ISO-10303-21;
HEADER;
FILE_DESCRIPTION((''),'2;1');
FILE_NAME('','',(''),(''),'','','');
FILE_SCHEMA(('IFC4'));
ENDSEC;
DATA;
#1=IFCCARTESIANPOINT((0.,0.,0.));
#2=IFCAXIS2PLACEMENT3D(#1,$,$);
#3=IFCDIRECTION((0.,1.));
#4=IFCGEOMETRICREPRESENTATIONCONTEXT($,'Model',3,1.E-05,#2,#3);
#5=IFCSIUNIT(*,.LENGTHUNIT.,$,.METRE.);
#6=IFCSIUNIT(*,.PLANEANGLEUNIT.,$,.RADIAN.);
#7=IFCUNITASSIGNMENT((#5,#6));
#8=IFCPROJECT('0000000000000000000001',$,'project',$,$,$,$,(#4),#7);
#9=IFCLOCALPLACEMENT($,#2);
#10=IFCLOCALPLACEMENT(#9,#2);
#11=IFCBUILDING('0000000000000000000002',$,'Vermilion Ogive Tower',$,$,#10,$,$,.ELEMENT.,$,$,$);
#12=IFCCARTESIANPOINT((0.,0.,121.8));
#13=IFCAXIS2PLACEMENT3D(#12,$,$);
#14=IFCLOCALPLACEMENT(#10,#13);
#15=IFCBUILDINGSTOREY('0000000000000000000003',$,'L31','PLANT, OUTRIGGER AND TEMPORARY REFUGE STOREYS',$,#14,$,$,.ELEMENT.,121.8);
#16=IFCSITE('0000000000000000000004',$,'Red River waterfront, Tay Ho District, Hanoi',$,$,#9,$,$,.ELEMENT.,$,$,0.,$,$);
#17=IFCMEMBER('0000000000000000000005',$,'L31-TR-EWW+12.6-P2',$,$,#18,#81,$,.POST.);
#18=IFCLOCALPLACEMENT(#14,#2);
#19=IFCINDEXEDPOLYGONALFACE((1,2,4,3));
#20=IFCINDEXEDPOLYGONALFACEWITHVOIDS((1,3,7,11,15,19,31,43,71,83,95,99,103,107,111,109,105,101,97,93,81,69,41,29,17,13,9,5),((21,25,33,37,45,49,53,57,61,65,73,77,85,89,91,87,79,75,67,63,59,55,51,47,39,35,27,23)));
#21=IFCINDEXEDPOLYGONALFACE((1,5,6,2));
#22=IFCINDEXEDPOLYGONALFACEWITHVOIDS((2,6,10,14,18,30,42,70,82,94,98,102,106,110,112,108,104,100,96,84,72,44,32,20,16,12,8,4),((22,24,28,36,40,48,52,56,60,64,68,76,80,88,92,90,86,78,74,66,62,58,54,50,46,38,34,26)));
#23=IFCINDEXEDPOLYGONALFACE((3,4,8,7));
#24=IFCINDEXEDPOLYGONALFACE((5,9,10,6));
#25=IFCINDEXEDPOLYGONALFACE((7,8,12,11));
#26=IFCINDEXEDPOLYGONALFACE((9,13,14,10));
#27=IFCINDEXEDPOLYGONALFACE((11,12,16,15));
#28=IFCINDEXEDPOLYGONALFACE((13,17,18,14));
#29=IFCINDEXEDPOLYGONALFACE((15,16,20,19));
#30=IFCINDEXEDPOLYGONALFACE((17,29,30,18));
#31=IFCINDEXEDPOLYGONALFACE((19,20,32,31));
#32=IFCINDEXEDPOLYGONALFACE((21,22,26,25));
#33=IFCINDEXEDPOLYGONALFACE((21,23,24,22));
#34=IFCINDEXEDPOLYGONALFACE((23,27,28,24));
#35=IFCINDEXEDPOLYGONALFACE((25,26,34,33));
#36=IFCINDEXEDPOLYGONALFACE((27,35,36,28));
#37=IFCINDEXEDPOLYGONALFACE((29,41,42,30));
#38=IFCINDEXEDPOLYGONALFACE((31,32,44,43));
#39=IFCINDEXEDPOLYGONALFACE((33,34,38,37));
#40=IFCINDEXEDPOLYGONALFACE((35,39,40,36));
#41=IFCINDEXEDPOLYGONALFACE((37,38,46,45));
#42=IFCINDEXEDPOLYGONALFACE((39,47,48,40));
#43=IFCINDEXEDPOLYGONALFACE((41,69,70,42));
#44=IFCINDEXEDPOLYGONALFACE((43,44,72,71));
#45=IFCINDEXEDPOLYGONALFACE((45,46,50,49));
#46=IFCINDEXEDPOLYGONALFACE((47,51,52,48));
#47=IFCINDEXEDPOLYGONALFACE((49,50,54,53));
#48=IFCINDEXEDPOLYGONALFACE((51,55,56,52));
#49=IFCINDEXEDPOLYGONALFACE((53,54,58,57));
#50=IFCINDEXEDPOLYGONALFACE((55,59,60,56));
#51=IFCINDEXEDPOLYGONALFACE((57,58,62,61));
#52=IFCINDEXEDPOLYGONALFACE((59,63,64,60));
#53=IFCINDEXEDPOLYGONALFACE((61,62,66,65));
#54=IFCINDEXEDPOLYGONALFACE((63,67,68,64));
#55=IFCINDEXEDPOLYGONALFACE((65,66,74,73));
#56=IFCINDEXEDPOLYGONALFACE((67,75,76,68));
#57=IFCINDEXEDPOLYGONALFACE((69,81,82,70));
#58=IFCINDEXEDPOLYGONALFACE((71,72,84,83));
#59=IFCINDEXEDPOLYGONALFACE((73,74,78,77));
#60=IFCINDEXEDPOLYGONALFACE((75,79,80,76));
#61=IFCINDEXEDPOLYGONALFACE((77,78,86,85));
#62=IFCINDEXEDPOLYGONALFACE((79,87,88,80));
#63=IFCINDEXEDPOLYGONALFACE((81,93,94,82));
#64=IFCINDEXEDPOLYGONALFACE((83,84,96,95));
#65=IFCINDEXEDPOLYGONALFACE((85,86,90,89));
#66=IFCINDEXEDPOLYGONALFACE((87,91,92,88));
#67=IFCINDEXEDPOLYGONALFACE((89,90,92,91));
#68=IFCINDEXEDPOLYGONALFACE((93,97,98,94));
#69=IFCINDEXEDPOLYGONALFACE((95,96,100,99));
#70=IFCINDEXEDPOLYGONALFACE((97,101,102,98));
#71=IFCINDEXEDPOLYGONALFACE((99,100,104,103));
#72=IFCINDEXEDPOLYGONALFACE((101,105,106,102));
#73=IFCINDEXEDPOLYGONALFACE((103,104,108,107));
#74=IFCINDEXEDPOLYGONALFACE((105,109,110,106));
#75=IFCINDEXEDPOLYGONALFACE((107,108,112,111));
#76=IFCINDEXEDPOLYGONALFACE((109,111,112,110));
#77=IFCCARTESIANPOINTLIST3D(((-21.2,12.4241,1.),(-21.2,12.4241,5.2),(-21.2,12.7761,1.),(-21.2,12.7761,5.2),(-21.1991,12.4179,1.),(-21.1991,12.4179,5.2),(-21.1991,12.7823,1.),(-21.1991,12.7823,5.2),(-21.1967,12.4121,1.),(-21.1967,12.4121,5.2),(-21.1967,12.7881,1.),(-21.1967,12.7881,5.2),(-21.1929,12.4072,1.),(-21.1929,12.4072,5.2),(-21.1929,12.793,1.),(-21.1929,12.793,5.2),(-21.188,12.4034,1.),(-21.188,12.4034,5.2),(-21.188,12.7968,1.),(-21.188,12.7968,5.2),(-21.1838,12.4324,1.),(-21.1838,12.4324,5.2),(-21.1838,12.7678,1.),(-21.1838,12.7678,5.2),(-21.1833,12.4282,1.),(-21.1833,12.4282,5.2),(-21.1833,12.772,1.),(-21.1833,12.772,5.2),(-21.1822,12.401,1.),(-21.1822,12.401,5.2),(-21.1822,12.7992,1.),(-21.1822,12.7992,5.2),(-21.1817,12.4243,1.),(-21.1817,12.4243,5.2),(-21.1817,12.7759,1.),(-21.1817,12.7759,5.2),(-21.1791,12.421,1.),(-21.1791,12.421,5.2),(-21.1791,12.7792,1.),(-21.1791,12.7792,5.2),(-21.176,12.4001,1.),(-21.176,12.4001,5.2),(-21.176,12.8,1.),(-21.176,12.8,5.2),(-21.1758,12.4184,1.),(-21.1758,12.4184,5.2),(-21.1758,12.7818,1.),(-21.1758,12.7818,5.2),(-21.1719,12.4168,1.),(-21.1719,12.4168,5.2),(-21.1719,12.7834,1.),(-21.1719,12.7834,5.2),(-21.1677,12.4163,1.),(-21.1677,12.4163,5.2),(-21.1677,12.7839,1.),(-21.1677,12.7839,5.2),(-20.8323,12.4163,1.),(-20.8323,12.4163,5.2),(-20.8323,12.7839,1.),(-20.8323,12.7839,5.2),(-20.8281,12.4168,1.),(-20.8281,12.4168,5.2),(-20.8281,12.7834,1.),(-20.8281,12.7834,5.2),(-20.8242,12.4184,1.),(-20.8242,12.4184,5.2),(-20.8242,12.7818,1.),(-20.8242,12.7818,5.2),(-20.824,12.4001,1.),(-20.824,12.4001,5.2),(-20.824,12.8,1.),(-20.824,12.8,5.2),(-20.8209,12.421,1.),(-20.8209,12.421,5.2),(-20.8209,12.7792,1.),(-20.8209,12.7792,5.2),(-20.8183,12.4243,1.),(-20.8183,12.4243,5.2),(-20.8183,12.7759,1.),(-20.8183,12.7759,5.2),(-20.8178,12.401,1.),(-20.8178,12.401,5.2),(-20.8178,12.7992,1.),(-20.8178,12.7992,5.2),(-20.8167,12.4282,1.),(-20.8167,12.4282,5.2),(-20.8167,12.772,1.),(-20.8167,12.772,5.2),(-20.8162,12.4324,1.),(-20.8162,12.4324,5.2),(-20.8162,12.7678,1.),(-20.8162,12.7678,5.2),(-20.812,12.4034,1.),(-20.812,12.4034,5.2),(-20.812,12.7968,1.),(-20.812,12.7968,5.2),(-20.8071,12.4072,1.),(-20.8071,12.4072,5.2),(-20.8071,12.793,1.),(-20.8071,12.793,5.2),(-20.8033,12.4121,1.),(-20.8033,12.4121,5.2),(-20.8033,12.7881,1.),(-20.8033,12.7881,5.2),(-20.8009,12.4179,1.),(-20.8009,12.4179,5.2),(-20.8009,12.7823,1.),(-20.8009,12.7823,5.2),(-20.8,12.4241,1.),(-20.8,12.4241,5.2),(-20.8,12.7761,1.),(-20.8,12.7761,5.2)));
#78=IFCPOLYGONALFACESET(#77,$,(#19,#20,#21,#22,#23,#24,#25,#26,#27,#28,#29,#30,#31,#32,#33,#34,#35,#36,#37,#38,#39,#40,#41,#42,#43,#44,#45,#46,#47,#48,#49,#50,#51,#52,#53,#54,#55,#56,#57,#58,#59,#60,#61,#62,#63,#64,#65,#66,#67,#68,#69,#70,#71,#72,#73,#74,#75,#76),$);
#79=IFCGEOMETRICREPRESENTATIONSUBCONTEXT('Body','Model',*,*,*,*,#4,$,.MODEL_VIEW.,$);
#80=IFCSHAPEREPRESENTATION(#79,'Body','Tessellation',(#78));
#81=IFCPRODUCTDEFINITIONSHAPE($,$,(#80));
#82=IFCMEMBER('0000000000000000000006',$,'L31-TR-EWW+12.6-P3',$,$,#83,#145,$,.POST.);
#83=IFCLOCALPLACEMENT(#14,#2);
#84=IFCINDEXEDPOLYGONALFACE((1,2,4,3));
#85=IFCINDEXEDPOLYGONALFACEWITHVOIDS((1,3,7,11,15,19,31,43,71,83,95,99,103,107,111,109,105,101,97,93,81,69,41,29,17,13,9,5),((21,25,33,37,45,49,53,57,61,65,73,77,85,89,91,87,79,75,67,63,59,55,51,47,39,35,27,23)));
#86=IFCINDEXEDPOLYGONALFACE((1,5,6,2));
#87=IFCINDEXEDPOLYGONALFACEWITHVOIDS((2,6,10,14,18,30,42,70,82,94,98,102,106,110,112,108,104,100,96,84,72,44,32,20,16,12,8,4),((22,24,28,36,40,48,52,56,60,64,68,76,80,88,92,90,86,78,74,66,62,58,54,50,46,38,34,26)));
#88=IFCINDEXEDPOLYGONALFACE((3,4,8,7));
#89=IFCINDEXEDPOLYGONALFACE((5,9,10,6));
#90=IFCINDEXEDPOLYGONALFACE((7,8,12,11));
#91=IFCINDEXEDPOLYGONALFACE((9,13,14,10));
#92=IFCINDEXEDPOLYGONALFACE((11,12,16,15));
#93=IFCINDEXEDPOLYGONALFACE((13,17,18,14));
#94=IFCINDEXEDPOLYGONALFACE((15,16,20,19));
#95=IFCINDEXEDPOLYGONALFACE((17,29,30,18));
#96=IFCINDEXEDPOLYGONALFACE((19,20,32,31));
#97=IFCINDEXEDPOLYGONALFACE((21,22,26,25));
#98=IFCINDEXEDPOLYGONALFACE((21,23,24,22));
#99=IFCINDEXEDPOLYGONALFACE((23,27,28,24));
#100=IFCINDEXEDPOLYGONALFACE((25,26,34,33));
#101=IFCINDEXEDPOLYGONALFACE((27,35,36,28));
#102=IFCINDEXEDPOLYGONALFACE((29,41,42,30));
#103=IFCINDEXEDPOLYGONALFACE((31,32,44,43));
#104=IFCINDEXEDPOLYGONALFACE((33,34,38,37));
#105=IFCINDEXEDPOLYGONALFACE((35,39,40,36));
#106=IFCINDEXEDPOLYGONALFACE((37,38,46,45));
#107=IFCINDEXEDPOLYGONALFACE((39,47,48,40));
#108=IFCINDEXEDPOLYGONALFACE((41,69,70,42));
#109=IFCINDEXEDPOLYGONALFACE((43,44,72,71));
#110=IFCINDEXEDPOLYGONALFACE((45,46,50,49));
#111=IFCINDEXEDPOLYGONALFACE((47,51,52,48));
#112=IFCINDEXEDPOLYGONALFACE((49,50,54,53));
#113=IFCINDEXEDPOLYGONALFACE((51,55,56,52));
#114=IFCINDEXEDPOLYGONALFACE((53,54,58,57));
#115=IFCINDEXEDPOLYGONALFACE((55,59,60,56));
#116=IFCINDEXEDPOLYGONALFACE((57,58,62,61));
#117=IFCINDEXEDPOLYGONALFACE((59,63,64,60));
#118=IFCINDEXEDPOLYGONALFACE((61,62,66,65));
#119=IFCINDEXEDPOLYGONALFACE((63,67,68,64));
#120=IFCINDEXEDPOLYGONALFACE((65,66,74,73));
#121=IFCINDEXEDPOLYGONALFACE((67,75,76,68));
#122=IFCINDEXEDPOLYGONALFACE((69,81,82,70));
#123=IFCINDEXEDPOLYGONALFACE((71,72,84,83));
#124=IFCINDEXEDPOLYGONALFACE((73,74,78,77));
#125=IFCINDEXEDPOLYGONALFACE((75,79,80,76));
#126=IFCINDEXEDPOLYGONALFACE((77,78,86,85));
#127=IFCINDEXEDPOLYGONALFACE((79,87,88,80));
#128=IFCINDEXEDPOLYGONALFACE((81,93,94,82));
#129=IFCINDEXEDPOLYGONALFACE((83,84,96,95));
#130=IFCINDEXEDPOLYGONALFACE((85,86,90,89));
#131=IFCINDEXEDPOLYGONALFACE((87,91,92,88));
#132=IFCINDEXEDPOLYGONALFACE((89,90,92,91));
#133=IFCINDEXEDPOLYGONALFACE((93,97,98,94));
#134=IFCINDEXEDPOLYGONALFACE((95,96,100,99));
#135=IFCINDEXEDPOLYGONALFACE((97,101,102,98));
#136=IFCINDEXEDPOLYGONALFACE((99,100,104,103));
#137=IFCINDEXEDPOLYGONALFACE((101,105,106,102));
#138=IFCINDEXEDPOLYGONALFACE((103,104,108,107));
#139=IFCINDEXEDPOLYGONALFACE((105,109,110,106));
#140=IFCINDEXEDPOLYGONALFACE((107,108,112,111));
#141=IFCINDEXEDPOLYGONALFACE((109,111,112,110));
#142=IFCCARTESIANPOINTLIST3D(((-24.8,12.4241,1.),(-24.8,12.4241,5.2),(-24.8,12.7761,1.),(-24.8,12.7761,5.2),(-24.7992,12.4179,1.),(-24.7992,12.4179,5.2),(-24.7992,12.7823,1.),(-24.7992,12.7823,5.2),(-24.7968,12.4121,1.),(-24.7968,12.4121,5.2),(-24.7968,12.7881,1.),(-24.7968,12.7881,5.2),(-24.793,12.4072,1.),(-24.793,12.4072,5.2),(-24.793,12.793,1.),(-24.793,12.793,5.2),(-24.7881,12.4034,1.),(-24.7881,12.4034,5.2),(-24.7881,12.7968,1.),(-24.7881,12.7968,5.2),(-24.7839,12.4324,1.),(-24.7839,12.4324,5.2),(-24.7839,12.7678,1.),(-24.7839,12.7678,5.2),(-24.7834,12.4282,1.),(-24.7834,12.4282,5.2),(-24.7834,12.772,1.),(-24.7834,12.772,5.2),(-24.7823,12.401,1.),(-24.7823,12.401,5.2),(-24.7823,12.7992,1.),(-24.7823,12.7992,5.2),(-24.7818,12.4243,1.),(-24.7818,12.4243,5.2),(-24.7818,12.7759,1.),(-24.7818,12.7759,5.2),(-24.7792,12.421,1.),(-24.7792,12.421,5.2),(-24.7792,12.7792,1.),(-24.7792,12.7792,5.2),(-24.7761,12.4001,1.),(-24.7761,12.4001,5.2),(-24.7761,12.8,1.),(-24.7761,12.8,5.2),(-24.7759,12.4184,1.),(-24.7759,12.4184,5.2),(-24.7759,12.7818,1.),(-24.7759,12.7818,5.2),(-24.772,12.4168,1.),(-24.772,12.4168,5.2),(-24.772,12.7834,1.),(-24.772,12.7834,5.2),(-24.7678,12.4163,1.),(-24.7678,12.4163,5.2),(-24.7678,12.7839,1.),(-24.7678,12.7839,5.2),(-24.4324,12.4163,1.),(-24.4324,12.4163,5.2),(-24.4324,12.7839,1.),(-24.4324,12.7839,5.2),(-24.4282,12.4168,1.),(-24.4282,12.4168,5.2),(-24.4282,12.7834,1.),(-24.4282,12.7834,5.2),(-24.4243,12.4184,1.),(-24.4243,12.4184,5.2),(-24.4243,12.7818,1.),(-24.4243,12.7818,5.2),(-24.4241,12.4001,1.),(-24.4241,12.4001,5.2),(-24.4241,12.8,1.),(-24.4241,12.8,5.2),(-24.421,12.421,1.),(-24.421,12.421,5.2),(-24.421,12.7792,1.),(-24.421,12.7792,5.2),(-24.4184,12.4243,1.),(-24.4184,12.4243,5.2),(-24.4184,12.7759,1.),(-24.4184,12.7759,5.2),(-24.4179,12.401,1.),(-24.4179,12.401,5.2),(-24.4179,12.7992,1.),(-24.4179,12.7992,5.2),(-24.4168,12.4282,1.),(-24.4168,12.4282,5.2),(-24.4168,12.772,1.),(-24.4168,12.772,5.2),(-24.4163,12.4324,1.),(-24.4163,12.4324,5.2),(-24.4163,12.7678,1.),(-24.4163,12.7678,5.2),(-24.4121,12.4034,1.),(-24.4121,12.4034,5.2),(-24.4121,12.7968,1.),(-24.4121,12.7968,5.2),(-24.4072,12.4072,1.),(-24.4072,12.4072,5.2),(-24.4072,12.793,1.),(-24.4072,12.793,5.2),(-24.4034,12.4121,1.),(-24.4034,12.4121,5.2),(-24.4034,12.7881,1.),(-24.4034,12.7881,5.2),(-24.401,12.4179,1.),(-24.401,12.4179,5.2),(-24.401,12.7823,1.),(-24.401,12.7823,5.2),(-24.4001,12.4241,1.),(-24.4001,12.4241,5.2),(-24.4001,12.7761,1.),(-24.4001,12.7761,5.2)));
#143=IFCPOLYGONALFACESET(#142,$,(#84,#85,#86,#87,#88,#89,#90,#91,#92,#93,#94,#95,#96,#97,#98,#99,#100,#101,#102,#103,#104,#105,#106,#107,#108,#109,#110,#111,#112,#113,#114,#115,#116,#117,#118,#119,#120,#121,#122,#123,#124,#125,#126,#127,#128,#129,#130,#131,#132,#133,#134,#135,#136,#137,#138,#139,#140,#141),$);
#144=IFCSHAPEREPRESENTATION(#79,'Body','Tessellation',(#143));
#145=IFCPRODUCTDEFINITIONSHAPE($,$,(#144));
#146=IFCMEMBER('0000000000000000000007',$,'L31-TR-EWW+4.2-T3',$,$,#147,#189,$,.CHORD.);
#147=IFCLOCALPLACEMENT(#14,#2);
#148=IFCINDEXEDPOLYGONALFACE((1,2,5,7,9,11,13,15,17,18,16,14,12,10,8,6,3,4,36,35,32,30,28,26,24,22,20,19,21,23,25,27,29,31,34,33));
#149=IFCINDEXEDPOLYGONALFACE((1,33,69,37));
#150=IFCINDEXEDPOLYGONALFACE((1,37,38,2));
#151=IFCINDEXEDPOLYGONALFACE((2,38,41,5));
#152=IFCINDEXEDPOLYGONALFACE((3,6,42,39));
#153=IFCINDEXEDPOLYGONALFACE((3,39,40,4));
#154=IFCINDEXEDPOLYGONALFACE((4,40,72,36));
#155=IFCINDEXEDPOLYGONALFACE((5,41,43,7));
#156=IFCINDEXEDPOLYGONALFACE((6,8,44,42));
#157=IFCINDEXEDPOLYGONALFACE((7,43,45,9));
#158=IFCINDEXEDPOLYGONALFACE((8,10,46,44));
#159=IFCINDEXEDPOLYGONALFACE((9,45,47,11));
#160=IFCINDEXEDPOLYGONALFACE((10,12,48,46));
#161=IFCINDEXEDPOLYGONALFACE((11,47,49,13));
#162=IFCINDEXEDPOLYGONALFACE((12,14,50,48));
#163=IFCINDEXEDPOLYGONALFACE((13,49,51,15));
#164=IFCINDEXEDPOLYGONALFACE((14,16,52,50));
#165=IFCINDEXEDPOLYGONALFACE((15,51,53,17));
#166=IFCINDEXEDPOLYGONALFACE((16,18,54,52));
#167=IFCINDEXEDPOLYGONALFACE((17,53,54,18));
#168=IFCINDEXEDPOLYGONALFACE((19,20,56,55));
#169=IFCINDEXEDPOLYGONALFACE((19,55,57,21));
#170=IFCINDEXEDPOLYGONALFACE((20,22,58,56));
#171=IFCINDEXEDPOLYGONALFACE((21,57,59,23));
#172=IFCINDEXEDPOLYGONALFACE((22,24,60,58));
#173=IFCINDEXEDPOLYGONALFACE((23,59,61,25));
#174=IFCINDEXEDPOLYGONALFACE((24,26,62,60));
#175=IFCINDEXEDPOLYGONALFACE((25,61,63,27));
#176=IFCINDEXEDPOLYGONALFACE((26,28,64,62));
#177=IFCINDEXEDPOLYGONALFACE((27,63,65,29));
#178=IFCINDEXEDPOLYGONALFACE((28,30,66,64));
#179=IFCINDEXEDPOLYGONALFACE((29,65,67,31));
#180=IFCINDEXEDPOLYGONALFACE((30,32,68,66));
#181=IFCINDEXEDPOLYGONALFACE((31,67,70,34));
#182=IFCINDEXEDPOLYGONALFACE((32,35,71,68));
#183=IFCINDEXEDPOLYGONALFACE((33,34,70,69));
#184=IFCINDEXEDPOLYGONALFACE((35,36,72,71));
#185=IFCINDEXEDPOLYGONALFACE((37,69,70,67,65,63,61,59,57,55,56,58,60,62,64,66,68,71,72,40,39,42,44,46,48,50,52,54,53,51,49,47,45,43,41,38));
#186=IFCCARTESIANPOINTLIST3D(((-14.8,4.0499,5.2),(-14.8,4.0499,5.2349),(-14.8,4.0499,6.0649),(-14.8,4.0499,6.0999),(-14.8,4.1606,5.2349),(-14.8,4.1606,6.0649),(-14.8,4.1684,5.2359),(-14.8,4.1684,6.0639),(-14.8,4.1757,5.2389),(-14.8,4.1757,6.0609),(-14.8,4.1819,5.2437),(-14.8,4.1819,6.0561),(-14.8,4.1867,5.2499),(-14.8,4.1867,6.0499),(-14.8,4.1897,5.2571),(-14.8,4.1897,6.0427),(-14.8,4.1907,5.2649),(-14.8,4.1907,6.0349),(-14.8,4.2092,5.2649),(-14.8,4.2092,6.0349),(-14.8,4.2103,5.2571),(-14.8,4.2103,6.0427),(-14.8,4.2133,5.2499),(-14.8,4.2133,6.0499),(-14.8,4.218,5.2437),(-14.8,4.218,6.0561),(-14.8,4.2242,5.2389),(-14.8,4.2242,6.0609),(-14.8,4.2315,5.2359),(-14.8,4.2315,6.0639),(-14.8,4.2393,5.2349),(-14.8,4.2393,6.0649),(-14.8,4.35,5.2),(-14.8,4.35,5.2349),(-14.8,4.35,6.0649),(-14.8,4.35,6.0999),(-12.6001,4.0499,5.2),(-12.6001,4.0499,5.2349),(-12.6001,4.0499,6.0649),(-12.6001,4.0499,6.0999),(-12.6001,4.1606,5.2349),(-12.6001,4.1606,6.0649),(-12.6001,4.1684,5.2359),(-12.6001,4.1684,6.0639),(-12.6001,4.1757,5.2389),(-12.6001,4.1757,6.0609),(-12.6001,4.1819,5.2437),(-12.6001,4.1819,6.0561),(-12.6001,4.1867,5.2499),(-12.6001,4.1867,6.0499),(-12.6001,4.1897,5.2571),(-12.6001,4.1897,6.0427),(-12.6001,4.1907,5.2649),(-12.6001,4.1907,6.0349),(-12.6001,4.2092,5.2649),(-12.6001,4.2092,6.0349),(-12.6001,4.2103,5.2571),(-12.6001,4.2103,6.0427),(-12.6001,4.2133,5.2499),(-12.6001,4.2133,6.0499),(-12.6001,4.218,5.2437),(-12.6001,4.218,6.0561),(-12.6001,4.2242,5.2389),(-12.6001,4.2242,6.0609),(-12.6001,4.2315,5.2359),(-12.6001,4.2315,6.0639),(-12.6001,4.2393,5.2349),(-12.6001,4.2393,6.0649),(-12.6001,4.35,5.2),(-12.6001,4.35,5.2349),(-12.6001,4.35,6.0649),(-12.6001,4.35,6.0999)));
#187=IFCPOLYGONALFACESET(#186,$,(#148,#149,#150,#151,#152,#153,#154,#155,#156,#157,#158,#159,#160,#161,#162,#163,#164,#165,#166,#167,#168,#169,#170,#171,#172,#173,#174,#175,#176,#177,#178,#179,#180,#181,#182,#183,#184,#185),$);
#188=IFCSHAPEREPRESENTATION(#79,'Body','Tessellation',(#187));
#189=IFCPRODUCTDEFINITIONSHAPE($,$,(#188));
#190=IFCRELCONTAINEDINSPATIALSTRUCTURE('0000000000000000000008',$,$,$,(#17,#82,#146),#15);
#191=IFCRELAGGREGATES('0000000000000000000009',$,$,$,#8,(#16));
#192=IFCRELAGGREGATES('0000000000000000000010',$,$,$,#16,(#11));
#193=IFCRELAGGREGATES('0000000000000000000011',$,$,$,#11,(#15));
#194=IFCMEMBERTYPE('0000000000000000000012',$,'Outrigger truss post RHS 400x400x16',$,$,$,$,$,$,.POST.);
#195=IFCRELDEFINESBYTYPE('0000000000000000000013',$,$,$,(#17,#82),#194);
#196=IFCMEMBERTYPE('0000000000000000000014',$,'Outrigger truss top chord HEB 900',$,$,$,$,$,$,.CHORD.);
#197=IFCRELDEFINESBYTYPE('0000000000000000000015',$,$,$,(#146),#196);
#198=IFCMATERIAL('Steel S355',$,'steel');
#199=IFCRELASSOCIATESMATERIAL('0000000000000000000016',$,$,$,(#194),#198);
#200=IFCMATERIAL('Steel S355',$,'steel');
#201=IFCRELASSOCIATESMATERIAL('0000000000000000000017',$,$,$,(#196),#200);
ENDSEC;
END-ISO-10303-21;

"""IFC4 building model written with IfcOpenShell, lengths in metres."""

from ifc_helpers import new_model, si_unit, direction, frame, origin, origin_2d, place, context, subcontext, project, spatial, hollow_rectangle, i_section, extrude, material, material_profile, profile_set, type_object, element, save


model = new_model("IFC4")

# Units and contexts
model_context = context("Model", 3, precision=1e-05, world=origin(), true_north=direction((0.0, 1.0)))
body_context = subcontext(model_context, "Body", "Model", "MODEL_VIEW")
ifc_project = project(units=[si_unit("LENGTHUNIT", "METRE"), si_unit("PLANEANGLEUNIT", "RADIAN")], contexts=[model_context])

# Site, building, storey
site_placement = place(None, origin())
site = spatial("IfcSite", under=ifc_project, at=site_placement, Name="Red River waterfront, Tay Ho District, Hanoi", CompositionType="ELEMENT", RefElevation=0.0)
building_placement = place(site_placement, origin())
building = spatial("IfcBuilding", under=site, at=building_placement, Name="Vermilion Ogive Tower", CompositionType="ELEMENT")
storey_placement = place(building_placement, frame((0.0, 0.0, 121.8)))
storey = spatial("IfcBuildingStorey", under=building, at=storey_placement, Name="L31", Description="PLANT, OUTRIGGER AND TEMPORARY REFUGE STOREYS", CompositionType="ELEMENT", Elevation=121.8)

# Members
ifc_material_1 = material(Name="Steel S355", Category="steel")
ifc_material_profile_1 = material_profile(ifc_material_1, hollow_rectangle(XDim=0.3999, YDim=0.3999, WallThickness=0.0161, InnerFilletRadius=0.0161, OuterFilletRadius=0.0239, at=origin_2d()), Name="RHS 400x400x16")
ifc_profile_set_1 = profile_set([ifc_material_profile_1], Name="Steel S355")
member_type_1 = type_object("IfcMemberType", Name="Outrigger truss post RHS 400x400x16", PredefinedType="POST", material=ifc_profile_set_1)
for number, where, z_axis, x_axis, name in (
    (1, (-21.0, 12.6001, 1.0), (0.0, 0.0, 1.0), (1.0, 0.0, 0.0), "L31-TR-EWW+12.6-P2"),
    (2, (-24.6001, 12.6001, 1.0), (0.0, 0.0, 1.0), (1.0, 0.0, 0.0), "L31-TR-EWW+12.6-P3"),
):
    element("IfcMember", number, at=place(storey_placement, frame(where, z_axis=z_axis, x_axis=x_axis)), inside=storey, type_object=member_type_1, Name=name, PredefinedType="POST", context=body_context, shape_type="SweptSolid", body=[
        extrude(hollow_rectangle(XDim=0.3999, YDim=0.3999, WallThickness=0.0161, InnerFilletRadius=0.0161, OuterFilletRadius=0.0239, at=origin_2d()), origin(), (0.0, 0.0, 1.0), 4.2),
    ])
ifc_material_2 = material(Name="Steel S355", Category="steel")
ifc_material_profile_2 = material_profile(ifc_material_2, i_section(OverallWidth=0.3, OverallDepth=0.8999, WebThickness=0.0186, FlangeThickness=0.0349, FilletRadius=0.03, at=origin_2d()), Name="HEB 900")
ifc_profile_set_2 = profile_set([ifc_material_profile_2], Name="Steel S355")
member_type_2 = type_object("IfcMemberType", Name="Outrigger truss top chord HEB 900", PredefinedType="CHORD", material=ifc_profile_set_2)
member_1_placement = place(storey_placement, frame((-12.6001, 4.2, 5.6499), z_axis=(-1.0, 0.0, 0.0), x_axis=(0.0, -1.0, 0.0)))
element("IfcMember", 3, at=member_1_placement, inside=storey, type_object=member_type_2, Name="L31-TR-EWW+4.2-T3", PredefinedType="CHORD", context=body_context, shape_type="SweptSolid", body=[
    extrude(i_section(OverallWidth=0.3, OverallDepth=0.8999, WebThickness=0.0186, FlangeThickness=0.0349, FilletRadius=0.03, at=origin_2d()), origin(), (0.0, 0.0, 1.0), 2.2),
])

save(model, "model.ifc")
